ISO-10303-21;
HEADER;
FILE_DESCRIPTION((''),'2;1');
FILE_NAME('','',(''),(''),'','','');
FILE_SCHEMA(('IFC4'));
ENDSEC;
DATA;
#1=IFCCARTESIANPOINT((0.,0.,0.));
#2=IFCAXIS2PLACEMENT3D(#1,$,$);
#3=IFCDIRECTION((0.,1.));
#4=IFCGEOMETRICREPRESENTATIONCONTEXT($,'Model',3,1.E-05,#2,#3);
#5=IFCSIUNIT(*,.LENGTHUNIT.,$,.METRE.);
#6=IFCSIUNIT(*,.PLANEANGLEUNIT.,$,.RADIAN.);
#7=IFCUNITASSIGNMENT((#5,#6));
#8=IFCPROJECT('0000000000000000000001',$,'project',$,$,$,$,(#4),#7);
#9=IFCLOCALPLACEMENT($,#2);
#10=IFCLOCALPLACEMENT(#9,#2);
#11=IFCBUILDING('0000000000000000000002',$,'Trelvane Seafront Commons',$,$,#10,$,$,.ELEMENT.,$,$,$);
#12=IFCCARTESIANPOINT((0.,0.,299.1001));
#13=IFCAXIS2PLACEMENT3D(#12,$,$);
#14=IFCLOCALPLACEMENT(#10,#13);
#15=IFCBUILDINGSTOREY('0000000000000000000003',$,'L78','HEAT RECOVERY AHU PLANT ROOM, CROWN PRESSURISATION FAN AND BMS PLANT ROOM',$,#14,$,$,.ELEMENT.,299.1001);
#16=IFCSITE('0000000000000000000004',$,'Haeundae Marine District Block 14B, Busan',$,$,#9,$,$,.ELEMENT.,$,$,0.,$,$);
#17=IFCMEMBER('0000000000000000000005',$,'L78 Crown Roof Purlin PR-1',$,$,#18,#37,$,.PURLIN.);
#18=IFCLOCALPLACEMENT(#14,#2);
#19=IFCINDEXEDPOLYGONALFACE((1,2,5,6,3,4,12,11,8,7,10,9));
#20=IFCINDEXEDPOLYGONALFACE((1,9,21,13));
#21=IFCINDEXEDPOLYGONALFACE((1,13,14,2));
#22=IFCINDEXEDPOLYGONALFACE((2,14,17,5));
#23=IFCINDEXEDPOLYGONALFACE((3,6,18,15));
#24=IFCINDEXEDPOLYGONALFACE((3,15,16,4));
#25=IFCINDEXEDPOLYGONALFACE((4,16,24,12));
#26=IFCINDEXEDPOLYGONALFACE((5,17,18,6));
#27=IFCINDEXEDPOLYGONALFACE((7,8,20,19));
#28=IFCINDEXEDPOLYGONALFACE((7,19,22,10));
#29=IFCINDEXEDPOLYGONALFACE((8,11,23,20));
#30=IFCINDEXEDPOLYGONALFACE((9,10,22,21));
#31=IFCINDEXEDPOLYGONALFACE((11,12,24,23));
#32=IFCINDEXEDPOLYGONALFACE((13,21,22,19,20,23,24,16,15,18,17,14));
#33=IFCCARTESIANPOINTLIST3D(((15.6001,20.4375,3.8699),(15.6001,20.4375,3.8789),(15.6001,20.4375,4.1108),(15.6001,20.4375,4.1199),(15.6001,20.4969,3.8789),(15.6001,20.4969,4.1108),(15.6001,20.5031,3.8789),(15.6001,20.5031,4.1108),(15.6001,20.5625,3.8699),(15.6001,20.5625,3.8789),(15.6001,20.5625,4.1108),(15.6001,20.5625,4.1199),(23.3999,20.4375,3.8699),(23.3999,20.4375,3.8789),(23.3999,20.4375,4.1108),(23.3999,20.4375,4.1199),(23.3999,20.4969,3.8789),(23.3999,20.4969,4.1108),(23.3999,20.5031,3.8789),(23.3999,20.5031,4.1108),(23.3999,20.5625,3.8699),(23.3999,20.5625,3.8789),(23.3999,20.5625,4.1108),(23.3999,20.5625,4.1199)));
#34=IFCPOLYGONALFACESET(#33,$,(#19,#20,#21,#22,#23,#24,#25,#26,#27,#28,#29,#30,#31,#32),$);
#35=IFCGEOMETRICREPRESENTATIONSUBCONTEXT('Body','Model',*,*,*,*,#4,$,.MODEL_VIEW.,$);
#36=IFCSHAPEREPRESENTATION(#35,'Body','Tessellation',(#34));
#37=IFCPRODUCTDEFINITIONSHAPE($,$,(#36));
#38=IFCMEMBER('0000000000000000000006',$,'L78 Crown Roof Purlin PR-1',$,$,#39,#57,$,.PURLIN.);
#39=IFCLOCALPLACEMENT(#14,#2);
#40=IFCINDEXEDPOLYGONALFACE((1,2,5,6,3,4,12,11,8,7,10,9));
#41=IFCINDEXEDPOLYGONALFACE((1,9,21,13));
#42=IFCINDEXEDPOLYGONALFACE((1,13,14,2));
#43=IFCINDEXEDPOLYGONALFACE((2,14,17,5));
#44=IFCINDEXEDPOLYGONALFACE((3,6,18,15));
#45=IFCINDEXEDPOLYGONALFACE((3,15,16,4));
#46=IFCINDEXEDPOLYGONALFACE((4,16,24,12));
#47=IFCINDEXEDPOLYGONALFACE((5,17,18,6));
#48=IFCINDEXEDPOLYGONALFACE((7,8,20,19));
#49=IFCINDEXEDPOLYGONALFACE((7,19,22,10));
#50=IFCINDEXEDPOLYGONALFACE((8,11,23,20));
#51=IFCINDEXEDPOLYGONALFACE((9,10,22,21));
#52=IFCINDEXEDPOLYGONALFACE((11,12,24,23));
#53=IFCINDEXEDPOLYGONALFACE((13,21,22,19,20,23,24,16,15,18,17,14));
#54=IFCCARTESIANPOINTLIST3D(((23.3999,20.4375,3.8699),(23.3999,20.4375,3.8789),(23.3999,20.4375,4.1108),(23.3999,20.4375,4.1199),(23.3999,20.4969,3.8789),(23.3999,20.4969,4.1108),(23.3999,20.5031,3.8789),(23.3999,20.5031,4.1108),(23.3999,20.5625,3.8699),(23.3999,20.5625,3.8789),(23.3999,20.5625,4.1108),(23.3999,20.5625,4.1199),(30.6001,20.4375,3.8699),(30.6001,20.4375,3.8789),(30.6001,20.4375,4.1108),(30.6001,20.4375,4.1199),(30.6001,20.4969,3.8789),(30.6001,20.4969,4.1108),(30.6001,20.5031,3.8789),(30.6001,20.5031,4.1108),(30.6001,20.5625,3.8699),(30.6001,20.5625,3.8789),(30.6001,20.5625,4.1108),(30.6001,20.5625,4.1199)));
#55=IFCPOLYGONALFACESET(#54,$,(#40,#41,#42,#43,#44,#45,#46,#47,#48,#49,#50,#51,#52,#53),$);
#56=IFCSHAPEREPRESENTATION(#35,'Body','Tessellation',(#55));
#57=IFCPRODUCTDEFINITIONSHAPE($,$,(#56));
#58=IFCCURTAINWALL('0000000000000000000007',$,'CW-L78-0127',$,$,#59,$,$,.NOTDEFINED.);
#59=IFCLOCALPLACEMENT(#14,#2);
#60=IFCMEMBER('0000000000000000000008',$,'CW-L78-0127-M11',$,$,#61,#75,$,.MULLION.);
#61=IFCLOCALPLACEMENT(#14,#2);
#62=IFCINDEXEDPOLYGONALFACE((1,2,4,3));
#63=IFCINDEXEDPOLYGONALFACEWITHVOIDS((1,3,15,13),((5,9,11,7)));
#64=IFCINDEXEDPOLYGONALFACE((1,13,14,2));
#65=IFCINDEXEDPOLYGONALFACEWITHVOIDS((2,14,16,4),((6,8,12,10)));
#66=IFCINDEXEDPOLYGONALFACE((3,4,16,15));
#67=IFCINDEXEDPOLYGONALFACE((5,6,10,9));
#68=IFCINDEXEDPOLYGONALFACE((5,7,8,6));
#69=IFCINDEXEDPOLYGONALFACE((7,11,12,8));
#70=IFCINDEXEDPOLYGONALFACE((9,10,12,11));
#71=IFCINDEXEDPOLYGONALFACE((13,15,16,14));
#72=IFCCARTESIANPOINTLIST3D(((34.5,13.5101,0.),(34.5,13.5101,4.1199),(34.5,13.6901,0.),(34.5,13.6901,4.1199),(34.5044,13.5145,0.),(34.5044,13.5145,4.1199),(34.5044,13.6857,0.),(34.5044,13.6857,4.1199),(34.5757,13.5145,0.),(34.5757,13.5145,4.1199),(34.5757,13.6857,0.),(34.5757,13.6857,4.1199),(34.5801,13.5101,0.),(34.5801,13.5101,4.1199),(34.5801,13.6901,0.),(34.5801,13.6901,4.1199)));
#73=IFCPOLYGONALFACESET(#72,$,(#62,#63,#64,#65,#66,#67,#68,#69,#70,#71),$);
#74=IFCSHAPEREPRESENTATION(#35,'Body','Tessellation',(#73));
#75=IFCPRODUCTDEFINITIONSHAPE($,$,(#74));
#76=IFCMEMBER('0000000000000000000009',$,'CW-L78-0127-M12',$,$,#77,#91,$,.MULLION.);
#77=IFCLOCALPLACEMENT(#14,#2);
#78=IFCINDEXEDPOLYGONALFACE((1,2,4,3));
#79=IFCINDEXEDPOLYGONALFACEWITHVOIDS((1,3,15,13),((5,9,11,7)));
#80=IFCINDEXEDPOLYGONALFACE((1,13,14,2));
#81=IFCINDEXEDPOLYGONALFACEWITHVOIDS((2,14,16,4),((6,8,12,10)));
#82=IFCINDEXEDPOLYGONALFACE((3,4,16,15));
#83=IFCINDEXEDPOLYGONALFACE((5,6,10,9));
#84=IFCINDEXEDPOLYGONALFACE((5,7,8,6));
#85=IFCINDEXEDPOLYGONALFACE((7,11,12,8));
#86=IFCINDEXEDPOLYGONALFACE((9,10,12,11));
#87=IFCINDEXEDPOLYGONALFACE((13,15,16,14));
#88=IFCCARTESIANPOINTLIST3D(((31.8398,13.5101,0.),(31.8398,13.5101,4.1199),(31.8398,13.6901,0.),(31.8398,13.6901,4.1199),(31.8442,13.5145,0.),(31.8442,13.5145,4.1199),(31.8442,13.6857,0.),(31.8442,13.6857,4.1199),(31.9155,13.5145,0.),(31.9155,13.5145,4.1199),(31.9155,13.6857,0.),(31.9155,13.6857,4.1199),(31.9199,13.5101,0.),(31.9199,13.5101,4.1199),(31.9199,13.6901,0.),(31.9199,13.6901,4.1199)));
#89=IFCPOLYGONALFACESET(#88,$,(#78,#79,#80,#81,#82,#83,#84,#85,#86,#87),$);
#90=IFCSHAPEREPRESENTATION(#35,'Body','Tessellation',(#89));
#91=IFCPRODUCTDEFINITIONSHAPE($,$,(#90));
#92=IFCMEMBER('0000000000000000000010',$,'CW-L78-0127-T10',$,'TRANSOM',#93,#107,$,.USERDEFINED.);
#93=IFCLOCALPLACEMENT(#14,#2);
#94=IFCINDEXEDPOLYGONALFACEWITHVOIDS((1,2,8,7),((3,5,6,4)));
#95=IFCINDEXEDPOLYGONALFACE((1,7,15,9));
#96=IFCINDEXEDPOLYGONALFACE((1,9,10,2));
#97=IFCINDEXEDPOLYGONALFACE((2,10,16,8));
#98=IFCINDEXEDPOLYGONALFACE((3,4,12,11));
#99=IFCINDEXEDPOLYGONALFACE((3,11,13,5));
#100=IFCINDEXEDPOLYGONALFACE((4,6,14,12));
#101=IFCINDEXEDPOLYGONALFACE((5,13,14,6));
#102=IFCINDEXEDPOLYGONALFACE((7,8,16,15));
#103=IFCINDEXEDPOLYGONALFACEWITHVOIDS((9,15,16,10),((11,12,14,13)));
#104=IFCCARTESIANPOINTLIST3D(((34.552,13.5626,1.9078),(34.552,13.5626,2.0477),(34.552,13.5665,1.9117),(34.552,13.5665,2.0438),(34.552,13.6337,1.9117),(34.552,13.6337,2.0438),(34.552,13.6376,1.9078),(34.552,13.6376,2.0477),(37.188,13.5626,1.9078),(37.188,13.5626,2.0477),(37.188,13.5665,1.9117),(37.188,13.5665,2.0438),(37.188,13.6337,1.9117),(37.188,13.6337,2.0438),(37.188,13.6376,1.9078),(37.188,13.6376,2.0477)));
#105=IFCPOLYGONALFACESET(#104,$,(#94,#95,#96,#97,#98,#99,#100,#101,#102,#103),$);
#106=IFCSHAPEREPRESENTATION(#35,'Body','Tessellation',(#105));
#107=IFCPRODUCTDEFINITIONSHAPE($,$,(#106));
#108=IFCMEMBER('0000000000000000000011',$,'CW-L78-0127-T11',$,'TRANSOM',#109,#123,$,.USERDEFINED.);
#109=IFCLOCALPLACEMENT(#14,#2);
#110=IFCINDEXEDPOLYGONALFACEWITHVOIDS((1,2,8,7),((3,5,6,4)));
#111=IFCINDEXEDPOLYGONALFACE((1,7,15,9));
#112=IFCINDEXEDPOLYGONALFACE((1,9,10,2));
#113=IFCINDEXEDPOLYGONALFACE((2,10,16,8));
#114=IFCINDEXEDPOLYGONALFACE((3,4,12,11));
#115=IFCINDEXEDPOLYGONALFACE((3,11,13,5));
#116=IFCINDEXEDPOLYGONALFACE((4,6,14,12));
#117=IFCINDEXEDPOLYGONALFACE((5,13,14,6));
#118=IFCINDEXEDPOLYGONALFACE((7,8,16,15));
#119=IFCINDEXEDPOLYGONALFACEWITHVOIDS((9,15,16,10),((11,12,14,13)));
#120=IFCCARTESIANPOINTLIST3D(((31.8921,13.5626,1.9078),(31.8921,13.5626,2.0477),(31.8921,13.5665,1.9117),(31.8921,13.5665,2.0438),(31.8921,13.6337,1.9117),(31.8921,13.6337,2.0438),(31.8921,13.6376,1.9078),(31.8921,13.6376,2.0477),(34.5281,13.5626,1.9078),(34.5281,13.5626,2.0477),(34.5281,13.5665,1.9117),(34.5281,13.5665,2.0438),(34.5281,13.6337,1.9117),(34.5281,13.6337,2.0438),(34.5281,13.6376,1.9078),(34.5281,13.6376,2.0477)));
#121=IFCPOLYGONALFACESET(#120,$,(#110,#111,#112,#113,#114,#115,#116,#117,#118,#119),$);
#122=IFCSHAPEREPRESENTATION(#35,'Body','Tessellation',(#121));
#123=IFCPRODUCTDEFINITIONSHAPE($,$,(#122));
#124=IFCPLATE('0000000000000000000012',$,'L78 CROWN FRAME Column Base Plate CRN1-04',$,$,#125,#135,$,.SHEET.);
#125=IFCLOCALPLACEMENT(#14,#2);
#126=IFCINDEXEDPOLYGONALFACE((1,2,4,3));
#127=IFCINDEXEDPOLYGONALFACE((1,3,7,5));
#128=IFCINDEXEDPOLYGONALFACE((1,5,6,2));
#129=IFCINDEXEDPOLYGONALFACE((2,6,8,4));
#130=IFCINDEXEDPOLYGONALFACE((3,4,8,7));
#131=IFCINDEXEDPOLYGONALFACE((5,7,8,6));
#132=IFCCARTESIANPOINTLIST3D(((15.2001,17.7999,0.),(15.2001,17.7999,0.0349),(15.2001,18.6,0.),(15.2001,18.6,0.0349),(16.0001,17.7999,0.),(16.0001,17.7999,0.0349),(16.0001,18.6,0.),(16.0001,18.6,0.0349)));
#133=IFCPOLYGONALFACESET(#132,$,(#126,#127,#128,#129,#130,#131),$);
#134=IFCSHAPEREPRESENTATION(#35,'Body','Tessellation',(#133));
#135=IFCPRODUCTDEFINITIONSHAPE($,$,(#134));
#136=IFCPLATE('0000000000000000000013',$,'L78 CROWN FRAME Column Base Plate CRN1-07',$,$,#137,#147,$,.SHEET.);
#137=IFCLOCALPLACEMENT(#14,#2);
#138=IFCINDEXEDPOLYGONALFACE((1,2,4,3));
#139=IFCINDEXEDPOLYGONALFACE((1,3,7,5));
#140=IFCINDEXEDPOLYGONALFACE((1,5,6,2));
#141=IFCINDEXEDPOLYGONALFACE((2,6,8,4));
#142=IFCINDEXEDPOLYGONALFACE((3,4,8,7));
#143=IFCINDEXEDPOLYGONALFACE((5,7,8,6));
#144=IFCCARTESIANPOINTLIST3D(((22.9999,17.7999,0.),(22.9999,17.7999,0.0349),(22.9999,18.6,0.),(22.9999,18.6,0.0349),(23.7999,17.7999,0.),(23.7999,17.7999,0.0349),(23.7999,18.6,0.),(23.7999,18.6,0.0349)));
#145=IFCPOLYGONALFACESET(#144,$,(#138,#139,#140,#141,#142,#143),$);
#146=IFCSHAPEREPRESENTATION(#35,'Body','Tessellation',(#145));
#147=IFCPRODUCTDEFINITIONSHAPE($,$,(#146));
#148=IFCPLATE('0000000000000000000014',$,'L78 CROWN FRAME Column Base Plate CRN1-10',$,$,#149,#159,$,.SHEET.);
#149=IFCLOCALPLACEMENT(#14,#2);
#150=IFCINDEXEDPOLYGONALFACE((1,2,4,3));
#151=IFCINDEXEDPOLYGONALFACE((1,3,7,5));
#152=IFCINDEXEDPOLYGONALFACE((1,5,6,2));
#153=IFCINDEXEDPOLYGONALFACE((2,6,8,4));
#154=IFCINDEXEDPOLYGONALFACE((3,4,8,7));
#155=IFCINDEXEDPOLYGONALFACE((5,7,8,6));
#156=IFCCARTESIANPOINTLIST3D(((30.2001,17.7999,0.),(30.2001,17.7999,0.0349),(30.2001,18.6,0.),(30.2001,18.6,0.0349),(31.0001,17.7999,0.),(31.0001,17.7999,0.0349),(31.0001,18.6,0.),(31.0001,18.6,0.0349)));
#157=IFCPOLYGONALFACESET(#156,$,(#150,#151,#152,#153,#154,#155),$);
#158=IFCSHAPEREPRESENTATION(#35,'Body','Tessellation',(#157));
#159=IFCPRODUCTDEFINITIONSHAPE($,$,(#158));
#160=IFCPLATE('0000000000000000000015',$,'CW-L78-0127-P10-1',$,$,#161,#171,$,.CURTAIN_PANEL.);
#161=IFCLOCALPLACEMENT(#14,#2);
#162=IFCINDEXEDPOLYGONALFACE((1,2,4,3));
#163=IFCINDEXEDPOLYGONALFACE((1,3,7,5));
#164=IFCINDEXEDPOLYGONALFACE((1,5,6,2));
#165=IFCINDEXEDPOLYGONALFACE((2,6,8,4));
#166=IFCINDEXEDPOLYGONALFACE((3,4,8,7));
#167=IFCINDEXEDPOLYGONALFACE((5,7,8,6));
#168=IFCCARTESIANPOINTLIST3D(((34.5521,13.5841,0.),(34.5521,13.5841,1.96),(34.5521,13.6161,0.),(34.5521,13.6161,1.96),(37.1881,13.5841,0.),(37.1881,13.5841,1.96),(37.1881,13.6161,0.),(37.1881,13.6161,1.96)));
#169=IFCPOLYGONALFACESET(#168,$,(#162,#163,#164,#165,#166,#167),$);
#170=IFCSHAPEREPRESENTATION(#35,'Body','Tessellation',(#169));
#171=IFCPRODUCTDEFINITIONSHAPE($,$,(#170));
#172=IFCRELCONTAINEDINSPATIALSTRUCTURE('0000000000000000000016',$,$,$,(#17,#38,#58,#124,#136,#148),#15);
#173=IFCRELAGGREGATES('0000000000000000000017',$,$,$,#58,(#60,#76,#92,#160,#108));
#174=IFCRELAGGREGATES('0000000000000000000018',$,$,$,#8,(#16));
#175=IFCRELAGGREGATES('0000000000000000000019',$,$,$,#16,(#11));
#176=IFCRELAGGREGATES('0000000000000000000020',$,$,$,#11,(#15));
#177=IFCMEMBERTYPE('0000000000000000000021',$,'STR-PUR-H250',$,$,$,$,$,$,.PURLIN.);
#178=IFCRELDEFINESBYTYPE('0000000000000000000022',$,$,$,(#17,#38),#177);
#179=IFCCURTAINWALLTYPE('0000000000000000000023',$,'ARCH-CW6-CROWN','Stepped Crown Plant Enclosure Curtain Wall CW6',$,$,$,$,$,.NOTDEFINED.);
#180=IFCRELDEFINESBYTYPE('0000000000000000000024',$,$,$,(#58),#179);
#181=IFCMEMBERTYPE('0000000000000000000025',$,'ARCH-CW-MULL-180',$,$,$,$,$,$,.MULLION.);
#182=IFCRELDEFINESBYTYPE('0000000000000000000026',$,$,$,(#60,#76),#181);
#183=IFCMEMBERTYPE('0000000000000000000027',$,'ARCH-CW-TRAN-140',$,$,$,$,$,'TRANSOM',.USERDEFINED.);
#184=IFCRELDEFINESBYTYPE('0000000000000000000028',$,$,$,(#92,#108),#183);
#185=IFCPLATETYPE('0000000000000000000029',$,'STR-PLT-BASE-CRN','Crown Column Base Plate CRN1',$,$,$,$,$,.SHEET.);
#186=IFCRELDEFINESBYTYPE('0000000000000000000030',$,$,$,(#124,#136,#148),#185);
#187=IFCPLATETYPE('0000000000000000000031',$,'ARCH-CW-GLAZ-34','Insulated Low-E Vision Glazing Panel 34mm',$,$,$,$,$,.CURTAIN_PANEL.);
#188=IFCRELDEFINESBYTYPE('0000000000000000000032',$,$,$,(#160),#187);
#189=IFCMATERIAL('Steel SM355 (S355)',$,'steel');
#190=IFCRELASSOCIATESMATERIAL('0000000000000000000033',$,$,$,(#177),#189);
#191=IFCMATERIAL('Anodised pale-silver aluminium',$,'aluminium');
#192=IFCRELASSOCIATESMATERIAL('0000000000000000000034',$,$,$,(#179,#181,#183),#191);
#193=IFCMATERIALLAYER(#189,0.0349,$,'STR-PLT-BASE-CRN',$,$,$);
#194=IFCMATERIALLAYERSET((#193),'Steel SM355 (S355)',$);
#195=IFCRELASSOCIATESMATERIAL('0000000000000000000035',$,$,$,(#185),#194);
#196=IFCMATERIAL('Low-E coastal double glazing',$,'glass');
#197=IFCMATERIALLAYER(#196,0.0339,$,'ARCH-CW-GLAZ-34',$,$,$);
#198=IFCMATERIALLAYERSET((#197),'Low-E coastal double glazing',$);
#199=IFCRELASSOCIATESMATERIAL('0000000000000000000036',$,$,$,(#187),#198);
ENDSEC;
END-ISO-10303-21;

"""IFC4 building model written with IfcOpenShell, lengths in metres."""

from ifc_helpers import new_model, si_unit, direction, frame, origin, origin_2d, place, context, subcontext, project, spatial, rectangle, hollow_rectangle, i_section, extrude, source, transform, mapped, material, layer, layer_set, material_profile, profile_set, type_object, element, aggregate, save


model = new_model("IFC4")

# Units and contexts
model_context = context("Model", 3, precision=1e-05, world=origin(), true_north=direction((0.0, 1.0)))
body_context = subcontext(model_context, "Body", "Model", "MODEL_VIEW")
ifc_project = project(units=[si_unit("LENGTHUNIT", "METRE"), si_unit("PLANEANGLEUNIT", "RADIAN")], contexts=[model_context])

# Site, building, storey
site_placement = place(None, origin())
site = spatial("IfcSite", under=ifc_project, at=site_placement, Name="Haeundae Marine District Block 14B, Busan", CompositionType="ELEMENT", RefElevation=0.0)
building_placement = place(site_placement, origin())
building = spatial("IfcBuilding", under=site, at=building_placement, Name="Trelvane Seafront Commons", CompositionType="ELEMENT")
storey_placement = place(building_placement, frame((0.0, 0.0, 299.1001)))
storey = spatial("IfcBuildingStorey", under=building, at=storey_placement, Name="L78", Description="HEAT RECOVERY AHU PLANT ROOM, CROWN PRESSURISATION FAN AND BMS PLANT ROOM", CompositionType="ELEMENT", Elevation=299.1001)

# Shared definitions
ifc_material_1 = material(Name="Steel SM355 (S355)", Category="steel")

# Members
ifc_material_profile_1 = material_profile(ifc_material_1, i_section(OverallWidth=0.125, OverallDepth=0.25, WebThickness=0.0061, FlangeThickness=0.009, at=origin_2d()), Name="H-250x125x6x9")
ifc_profile_set_1 = profile_set([ifc_material_profile_1], Name="Steel SM355 (S355)")
member_type_1 = type_object("IfcMemberType", Name="STR-PUR-H250", PredefinedType="PURLIN", material=ifc_profile_set_1)
shared_shape_1 = source(origin(), body_context, "Body", "SweptSolid", [
    extrude(i_section(OverallWidth=0.125, OverallDepth=0.25, WebThickness=0.0061, FlangeThickness=0.009, at=origin_2d()), origin(), (0.0, 0.0, 1.0), 7.7998),
])
member_1_placement = place(storey_placement, frame((15.6001, 20.5, 3.9949), z_axis=(1.0, 0.0, 0.0), x_axis=(0.0, 1.0, 0.0)))
element("IfcMember", 1, at=member_1_placement, inside=storey, type_object=member_type_1, Name="L78 Crown Roof Purlin PR-1", PredefinedType="PURLIN", context=body_context, shape_type="MappedRepresentation", body=[
    mapped(shared_shape_1, transform((0.0, 0.0, 0.0), x_axis=(1.0, 0.0, 0.0), y_axis=(0.0, 1.0, 0.0), z_axis=(0.0, 0.0, 1.0), scale=1.0)),
])
shared_shape_2 = source(origin(), body_context, "Body", "SweptSolid", [
    extrude(i_section(OverallWidth=0.125, OverallDepth=0.25, WebThickness=0.0061, FlangeThickness=0.009, at=origin_2d()), origin(), (0.0, 0.0, 1.0), 7.2002),
])
member_2_placement = place(storey_placement, frame((23.3999, 20.5, 3.9949), z_axis=(1.0, 0.0, 0.0), x_axis=(0.0, 1.0, 0.0)))
element("IfcMember", 2, at=member_2_placement, inside=storey, type_object=member_type_1, Name="L78 Crown Roof Purlin PR-1", PredefinedType="PURLIN", context=body_context, shape_type="MappedRepresentation", body=[
    mapped(shared_shape_2, transform((0.0, 0.0, 0.0), x_axis=(1.0, 0.0, 0.0), y_axis=(0.0, 1.0, 0.0), z_axis=(0.0, 0.0, 1.0), scale=1.0)),
])

# Curtain wall, members
ifc_material_2 = material(Name="Anodised pale-silver aluminium", Category="aluminium")
curtain_wall_type = type_object("IfcCurtainWallType", Name="ARCH-CW6-CROWN", Description="Stepped Crown Plant Enclosure Curtain Wall CW6", PredefinedType="NOTDEFINED", material=ifc_material_2)
curtain_wall_placement = place(storey_placement, origin())
curtain_wall = element("IfcCurtainWall", 3, at=curtain_wall_placement, inside=storey, type_object=curtain_wall_type, Name="CW-L78-0127", PredefinedType="NOTDEFINED")
ifc_material_profile_2 = material_profile(ifc_material_2, hollow_rectangle(XDim=0.0801, YDim=0.1799, WallThickness=0.0044, at=origin_2d()), Name="MULL-80x180x4.5")
ifc_profile_set_2 = profile_set([ifc_material_profile_2], Name="Anodised pale-silver aluminium")
member_type_2 = type_object("IfcMemberType", Name="ARCH-CW-MULL-180", PredefinedType="MULLION", material=ifc_profile_set_2)
shared_shape_3 = source(origin(), body_context, "Body", "SweptSolid", [
    extrude(hollow_rectangle(XDim=0.0801, YDim=0.1799, WallThickness=0.0044, at=origin_2d()), origin(), (0.0, 0.0, 1.0), 4.1199),
])
member_3_placement = place(storey_placement, frame((34.54, 13.6001, 0.0), z_axis=(0.0, 0.0, 1.0), x_axis=(1.0, 0.0, 0.0)))
member_3 = element("IfcMember", 4, at=member_3_placement, type_object=member_type_2, Name="CW-L78-0127-M11", PredefinedType="MULLION", context=body_context, shape_type="MappedRepresentation", body=[
    mapped(shared_shape_3, transform((0.0, 0.0, 0.0), x_axis=(1.0, 0.0, 0.0), y_axis=(0.0, 1.0, 0.0), z_axis=(0.0, 0.0, 1.0), scale=1.0)),
])
member_4_placement = place(storey_placement, frame((31.8799, 13.6001, 0.0), z_axis=(0.0, 0.0, 1.0), x_axis=(1.0, 0.0, 0.0)))
member_4 = element("IfcMember", 5, at=member_4_placement, type_object=member_type_2, Name="CW-L78-0127-M12", PredefinedType="MULLION", context=body_context, shape_type="MappedRepresentation", body=[
    mapped(shared_shape_3, transform((0.0, 0.0, 0.0), x_axis=(1.0, 0.0, 0.0), y_axis=(0.0, 1.0, 0.0), z_axis=(0.0, 0.0, 1.0), scale=1.0)),
])
ifc_material_profile_3 = material_profile(ifc_material_2, hollow_rectangle(XDim=0.075, YDim=0.1399, WallThickness=0.0039, at=origin_2d()), Name="TRAN-75x140x4")
ifc_profile_set_3 = profile_set([ifc_material_profile_3], Name="Anodised pale-silver aluminium")
member_type_3 = type_object("IfcMemberType", Name="ARCH-CW-TRAN-140", ElementType="TRANSOM", PredefinedType="USERDEFINED", material=ifc_profile_set_3)
shared_shape_4 = source(origin(), body_context, "Body", "SweptSolid", [
    extrude(hollow_rectangle(XDim=0.075, YDim=0.1399, WallThickness=0.0039, at=origin_2d()), origin(), (0.0, 0.0, 1.0), 2.636),
])
member_5_placement = place(storey_placement, frame((37.188, 13.6001, 1.9778), z_axis=(-1.0, 0.0, 0.0), x_axis=(0.0, -1.0, 0.0)))
member_5 = element("IfcMember", 6, at=member_5_placement, type_object=member_type_3, Name="CW-L78-0127-T10", ObjectType="TRANSOM", PredefinedType="USERDEFINED", context=body_context, shape_type="MappedRepresentation", body=[
    mapped(shared_shape_4, transform((0.0, 0.0, 0.0), x_axis=(1.0, 0.0, 0.0), y_axis=(0.0, 1.0, 0.0), z_axis=(0.0, 0.0, 1.0), scale=1.0)),
])
member_6_placement = place(storey_placement, frame((34.5281, 13.6001, 1.9778), z_axis=(-1.0, 0.0, 0.0), x_axis=(0.0, -1.0, 0.0)))
member_6 = element("IfcMember", 7, at=member_6_placement, type_object=member_type_3, Name="CW-L78-0127-T11", ObjectType="TRANSOM", PredefinedType="USERDEFINED", context=body_context, shape_type="MappedRepresentation", body=[
    mapped(shared_shape_4, transform((0.0, 0.0, 0.0), x_axis=(1.0, 0.0, 0.0), y_axis=(0.0, 1.0, 0.0), z_axis=(0.0, 0.0, 1.0), scale=1.0)),
])

# Plates
ifc_layer_1 = layer(ifc_material_1, 0.0349, Name="STR-PLT-BASE-CRN")
ifc_layer_set_1 = layer_set([ifc_layer_1], Name="Steel SM355 (S355)")
plate_type_1 = type_object("IfcPlateType", Name="STR-PLT-BASE-CRN", Description="Crown Column Base Plate CRN1", PredefinedType="SHEET", material=ifc_layer_set_1)
shared_shape_5 = source(origin(), body_context, "Body", "SweptSolid", [
    extrude(rectangle(XDim=0.8, YDim=0.8, at=origin_2d()), origin(), (0.0, 0.0, 1.0), 0.0349),
])
for number, where, z_axis, x_axis, name in (
    (8, (15.6001, 18.2, 0.0), (0.0, 0.0, 1.0), (1.0, 0.0, 0.0), "L78 CROWN FRAME Column Base Plate CRN1-04"),
    (9, (23.3999, 18.2, 0.0), (0.0, 0.0, 1.0), (1.0, 0.0, 0.0), "L78 CROWN FRAME Column Base Plate CRN1-07"),
    (10, (30.6001, 18.2, 0.0), (0.0, 0.0, 1.0), (1.0, 0.0, 0.0), "L78 CROWN FRAME Column Base Plate CRN1-10"),
):
    element("IfcPlate", number, at=place(storey_placement, frame(where, z_axis=z_axis, x_axis=x_axis)), inside=storey, type_object=plate_type_1, Name=name, PredefinedType="SHEET", context=body_context, shape_type="MappedRepresentation", body=[
        mapped(shared_shape_5, transform((0.0, 0.0, 0.0), x_axis=(1.0, 0.0, 0.0), y_axis=(0.0, 1.0, 0.0), z_axis=(0.0, 0.0, 1.0), scale=1.0)),
    ])

# Plate
ifc_material_3 = material(Name="Low-E coastal double glazing", Category="glass")
ifc_layer_2 = layer(ifc_material_3, 0.0339, Name="ARCH-CW-GLAZ-34")
ifc_layer_set_2 = layer_set([ifc_layer_2], Name="Low-E coastal double glazing")
plate_type_2 = type_object("IfcPlateType", Name="ARCH-CW-GLAZ-34", Description="Insulated Low-E Vision Glazing Panel 34mm", PredefinedType="CURTAIN_PANEL", material=ifc_layer_set_2)
shared_shape_6 = source(origin(), body_context, "Body", "SweptSolid", [
    extrude(rectangle(XDim=2.636, YDim=0.032, at=origin_2d()), origin(), (0.0, 0.0, 1.0), 1.96),
])
plate_1_placement = place(storey_placement, frame((35.8701, 13.6001, 0.0), z_axis=(0.0, 0.0, 1.0), x_axis=(-1.0, 0.0, 0.0)))
plate_1 = element("IfcPlate", 11, at=plate_1_placement, type_object=plate_type_2, Name="CW-L78-0127-P10-1", PredefinedType="CURTAIN_PANEL", context=body_context, shape_type="MappedRepresentation", body=[
    mapped(shared_shape_6, transform((0.0, 0.0, 0.0), x_axis=(1.0, 0.0, 0.0), y_axis=(0.0, 1.0, 0.0), z_axis=(0.0, 0.0, 1.0), scale=1.0)),
])
aggregate(curtain_wall, [member_3, member_4, member_5, plate_1, member_6])

save(model, "model.ifc")
